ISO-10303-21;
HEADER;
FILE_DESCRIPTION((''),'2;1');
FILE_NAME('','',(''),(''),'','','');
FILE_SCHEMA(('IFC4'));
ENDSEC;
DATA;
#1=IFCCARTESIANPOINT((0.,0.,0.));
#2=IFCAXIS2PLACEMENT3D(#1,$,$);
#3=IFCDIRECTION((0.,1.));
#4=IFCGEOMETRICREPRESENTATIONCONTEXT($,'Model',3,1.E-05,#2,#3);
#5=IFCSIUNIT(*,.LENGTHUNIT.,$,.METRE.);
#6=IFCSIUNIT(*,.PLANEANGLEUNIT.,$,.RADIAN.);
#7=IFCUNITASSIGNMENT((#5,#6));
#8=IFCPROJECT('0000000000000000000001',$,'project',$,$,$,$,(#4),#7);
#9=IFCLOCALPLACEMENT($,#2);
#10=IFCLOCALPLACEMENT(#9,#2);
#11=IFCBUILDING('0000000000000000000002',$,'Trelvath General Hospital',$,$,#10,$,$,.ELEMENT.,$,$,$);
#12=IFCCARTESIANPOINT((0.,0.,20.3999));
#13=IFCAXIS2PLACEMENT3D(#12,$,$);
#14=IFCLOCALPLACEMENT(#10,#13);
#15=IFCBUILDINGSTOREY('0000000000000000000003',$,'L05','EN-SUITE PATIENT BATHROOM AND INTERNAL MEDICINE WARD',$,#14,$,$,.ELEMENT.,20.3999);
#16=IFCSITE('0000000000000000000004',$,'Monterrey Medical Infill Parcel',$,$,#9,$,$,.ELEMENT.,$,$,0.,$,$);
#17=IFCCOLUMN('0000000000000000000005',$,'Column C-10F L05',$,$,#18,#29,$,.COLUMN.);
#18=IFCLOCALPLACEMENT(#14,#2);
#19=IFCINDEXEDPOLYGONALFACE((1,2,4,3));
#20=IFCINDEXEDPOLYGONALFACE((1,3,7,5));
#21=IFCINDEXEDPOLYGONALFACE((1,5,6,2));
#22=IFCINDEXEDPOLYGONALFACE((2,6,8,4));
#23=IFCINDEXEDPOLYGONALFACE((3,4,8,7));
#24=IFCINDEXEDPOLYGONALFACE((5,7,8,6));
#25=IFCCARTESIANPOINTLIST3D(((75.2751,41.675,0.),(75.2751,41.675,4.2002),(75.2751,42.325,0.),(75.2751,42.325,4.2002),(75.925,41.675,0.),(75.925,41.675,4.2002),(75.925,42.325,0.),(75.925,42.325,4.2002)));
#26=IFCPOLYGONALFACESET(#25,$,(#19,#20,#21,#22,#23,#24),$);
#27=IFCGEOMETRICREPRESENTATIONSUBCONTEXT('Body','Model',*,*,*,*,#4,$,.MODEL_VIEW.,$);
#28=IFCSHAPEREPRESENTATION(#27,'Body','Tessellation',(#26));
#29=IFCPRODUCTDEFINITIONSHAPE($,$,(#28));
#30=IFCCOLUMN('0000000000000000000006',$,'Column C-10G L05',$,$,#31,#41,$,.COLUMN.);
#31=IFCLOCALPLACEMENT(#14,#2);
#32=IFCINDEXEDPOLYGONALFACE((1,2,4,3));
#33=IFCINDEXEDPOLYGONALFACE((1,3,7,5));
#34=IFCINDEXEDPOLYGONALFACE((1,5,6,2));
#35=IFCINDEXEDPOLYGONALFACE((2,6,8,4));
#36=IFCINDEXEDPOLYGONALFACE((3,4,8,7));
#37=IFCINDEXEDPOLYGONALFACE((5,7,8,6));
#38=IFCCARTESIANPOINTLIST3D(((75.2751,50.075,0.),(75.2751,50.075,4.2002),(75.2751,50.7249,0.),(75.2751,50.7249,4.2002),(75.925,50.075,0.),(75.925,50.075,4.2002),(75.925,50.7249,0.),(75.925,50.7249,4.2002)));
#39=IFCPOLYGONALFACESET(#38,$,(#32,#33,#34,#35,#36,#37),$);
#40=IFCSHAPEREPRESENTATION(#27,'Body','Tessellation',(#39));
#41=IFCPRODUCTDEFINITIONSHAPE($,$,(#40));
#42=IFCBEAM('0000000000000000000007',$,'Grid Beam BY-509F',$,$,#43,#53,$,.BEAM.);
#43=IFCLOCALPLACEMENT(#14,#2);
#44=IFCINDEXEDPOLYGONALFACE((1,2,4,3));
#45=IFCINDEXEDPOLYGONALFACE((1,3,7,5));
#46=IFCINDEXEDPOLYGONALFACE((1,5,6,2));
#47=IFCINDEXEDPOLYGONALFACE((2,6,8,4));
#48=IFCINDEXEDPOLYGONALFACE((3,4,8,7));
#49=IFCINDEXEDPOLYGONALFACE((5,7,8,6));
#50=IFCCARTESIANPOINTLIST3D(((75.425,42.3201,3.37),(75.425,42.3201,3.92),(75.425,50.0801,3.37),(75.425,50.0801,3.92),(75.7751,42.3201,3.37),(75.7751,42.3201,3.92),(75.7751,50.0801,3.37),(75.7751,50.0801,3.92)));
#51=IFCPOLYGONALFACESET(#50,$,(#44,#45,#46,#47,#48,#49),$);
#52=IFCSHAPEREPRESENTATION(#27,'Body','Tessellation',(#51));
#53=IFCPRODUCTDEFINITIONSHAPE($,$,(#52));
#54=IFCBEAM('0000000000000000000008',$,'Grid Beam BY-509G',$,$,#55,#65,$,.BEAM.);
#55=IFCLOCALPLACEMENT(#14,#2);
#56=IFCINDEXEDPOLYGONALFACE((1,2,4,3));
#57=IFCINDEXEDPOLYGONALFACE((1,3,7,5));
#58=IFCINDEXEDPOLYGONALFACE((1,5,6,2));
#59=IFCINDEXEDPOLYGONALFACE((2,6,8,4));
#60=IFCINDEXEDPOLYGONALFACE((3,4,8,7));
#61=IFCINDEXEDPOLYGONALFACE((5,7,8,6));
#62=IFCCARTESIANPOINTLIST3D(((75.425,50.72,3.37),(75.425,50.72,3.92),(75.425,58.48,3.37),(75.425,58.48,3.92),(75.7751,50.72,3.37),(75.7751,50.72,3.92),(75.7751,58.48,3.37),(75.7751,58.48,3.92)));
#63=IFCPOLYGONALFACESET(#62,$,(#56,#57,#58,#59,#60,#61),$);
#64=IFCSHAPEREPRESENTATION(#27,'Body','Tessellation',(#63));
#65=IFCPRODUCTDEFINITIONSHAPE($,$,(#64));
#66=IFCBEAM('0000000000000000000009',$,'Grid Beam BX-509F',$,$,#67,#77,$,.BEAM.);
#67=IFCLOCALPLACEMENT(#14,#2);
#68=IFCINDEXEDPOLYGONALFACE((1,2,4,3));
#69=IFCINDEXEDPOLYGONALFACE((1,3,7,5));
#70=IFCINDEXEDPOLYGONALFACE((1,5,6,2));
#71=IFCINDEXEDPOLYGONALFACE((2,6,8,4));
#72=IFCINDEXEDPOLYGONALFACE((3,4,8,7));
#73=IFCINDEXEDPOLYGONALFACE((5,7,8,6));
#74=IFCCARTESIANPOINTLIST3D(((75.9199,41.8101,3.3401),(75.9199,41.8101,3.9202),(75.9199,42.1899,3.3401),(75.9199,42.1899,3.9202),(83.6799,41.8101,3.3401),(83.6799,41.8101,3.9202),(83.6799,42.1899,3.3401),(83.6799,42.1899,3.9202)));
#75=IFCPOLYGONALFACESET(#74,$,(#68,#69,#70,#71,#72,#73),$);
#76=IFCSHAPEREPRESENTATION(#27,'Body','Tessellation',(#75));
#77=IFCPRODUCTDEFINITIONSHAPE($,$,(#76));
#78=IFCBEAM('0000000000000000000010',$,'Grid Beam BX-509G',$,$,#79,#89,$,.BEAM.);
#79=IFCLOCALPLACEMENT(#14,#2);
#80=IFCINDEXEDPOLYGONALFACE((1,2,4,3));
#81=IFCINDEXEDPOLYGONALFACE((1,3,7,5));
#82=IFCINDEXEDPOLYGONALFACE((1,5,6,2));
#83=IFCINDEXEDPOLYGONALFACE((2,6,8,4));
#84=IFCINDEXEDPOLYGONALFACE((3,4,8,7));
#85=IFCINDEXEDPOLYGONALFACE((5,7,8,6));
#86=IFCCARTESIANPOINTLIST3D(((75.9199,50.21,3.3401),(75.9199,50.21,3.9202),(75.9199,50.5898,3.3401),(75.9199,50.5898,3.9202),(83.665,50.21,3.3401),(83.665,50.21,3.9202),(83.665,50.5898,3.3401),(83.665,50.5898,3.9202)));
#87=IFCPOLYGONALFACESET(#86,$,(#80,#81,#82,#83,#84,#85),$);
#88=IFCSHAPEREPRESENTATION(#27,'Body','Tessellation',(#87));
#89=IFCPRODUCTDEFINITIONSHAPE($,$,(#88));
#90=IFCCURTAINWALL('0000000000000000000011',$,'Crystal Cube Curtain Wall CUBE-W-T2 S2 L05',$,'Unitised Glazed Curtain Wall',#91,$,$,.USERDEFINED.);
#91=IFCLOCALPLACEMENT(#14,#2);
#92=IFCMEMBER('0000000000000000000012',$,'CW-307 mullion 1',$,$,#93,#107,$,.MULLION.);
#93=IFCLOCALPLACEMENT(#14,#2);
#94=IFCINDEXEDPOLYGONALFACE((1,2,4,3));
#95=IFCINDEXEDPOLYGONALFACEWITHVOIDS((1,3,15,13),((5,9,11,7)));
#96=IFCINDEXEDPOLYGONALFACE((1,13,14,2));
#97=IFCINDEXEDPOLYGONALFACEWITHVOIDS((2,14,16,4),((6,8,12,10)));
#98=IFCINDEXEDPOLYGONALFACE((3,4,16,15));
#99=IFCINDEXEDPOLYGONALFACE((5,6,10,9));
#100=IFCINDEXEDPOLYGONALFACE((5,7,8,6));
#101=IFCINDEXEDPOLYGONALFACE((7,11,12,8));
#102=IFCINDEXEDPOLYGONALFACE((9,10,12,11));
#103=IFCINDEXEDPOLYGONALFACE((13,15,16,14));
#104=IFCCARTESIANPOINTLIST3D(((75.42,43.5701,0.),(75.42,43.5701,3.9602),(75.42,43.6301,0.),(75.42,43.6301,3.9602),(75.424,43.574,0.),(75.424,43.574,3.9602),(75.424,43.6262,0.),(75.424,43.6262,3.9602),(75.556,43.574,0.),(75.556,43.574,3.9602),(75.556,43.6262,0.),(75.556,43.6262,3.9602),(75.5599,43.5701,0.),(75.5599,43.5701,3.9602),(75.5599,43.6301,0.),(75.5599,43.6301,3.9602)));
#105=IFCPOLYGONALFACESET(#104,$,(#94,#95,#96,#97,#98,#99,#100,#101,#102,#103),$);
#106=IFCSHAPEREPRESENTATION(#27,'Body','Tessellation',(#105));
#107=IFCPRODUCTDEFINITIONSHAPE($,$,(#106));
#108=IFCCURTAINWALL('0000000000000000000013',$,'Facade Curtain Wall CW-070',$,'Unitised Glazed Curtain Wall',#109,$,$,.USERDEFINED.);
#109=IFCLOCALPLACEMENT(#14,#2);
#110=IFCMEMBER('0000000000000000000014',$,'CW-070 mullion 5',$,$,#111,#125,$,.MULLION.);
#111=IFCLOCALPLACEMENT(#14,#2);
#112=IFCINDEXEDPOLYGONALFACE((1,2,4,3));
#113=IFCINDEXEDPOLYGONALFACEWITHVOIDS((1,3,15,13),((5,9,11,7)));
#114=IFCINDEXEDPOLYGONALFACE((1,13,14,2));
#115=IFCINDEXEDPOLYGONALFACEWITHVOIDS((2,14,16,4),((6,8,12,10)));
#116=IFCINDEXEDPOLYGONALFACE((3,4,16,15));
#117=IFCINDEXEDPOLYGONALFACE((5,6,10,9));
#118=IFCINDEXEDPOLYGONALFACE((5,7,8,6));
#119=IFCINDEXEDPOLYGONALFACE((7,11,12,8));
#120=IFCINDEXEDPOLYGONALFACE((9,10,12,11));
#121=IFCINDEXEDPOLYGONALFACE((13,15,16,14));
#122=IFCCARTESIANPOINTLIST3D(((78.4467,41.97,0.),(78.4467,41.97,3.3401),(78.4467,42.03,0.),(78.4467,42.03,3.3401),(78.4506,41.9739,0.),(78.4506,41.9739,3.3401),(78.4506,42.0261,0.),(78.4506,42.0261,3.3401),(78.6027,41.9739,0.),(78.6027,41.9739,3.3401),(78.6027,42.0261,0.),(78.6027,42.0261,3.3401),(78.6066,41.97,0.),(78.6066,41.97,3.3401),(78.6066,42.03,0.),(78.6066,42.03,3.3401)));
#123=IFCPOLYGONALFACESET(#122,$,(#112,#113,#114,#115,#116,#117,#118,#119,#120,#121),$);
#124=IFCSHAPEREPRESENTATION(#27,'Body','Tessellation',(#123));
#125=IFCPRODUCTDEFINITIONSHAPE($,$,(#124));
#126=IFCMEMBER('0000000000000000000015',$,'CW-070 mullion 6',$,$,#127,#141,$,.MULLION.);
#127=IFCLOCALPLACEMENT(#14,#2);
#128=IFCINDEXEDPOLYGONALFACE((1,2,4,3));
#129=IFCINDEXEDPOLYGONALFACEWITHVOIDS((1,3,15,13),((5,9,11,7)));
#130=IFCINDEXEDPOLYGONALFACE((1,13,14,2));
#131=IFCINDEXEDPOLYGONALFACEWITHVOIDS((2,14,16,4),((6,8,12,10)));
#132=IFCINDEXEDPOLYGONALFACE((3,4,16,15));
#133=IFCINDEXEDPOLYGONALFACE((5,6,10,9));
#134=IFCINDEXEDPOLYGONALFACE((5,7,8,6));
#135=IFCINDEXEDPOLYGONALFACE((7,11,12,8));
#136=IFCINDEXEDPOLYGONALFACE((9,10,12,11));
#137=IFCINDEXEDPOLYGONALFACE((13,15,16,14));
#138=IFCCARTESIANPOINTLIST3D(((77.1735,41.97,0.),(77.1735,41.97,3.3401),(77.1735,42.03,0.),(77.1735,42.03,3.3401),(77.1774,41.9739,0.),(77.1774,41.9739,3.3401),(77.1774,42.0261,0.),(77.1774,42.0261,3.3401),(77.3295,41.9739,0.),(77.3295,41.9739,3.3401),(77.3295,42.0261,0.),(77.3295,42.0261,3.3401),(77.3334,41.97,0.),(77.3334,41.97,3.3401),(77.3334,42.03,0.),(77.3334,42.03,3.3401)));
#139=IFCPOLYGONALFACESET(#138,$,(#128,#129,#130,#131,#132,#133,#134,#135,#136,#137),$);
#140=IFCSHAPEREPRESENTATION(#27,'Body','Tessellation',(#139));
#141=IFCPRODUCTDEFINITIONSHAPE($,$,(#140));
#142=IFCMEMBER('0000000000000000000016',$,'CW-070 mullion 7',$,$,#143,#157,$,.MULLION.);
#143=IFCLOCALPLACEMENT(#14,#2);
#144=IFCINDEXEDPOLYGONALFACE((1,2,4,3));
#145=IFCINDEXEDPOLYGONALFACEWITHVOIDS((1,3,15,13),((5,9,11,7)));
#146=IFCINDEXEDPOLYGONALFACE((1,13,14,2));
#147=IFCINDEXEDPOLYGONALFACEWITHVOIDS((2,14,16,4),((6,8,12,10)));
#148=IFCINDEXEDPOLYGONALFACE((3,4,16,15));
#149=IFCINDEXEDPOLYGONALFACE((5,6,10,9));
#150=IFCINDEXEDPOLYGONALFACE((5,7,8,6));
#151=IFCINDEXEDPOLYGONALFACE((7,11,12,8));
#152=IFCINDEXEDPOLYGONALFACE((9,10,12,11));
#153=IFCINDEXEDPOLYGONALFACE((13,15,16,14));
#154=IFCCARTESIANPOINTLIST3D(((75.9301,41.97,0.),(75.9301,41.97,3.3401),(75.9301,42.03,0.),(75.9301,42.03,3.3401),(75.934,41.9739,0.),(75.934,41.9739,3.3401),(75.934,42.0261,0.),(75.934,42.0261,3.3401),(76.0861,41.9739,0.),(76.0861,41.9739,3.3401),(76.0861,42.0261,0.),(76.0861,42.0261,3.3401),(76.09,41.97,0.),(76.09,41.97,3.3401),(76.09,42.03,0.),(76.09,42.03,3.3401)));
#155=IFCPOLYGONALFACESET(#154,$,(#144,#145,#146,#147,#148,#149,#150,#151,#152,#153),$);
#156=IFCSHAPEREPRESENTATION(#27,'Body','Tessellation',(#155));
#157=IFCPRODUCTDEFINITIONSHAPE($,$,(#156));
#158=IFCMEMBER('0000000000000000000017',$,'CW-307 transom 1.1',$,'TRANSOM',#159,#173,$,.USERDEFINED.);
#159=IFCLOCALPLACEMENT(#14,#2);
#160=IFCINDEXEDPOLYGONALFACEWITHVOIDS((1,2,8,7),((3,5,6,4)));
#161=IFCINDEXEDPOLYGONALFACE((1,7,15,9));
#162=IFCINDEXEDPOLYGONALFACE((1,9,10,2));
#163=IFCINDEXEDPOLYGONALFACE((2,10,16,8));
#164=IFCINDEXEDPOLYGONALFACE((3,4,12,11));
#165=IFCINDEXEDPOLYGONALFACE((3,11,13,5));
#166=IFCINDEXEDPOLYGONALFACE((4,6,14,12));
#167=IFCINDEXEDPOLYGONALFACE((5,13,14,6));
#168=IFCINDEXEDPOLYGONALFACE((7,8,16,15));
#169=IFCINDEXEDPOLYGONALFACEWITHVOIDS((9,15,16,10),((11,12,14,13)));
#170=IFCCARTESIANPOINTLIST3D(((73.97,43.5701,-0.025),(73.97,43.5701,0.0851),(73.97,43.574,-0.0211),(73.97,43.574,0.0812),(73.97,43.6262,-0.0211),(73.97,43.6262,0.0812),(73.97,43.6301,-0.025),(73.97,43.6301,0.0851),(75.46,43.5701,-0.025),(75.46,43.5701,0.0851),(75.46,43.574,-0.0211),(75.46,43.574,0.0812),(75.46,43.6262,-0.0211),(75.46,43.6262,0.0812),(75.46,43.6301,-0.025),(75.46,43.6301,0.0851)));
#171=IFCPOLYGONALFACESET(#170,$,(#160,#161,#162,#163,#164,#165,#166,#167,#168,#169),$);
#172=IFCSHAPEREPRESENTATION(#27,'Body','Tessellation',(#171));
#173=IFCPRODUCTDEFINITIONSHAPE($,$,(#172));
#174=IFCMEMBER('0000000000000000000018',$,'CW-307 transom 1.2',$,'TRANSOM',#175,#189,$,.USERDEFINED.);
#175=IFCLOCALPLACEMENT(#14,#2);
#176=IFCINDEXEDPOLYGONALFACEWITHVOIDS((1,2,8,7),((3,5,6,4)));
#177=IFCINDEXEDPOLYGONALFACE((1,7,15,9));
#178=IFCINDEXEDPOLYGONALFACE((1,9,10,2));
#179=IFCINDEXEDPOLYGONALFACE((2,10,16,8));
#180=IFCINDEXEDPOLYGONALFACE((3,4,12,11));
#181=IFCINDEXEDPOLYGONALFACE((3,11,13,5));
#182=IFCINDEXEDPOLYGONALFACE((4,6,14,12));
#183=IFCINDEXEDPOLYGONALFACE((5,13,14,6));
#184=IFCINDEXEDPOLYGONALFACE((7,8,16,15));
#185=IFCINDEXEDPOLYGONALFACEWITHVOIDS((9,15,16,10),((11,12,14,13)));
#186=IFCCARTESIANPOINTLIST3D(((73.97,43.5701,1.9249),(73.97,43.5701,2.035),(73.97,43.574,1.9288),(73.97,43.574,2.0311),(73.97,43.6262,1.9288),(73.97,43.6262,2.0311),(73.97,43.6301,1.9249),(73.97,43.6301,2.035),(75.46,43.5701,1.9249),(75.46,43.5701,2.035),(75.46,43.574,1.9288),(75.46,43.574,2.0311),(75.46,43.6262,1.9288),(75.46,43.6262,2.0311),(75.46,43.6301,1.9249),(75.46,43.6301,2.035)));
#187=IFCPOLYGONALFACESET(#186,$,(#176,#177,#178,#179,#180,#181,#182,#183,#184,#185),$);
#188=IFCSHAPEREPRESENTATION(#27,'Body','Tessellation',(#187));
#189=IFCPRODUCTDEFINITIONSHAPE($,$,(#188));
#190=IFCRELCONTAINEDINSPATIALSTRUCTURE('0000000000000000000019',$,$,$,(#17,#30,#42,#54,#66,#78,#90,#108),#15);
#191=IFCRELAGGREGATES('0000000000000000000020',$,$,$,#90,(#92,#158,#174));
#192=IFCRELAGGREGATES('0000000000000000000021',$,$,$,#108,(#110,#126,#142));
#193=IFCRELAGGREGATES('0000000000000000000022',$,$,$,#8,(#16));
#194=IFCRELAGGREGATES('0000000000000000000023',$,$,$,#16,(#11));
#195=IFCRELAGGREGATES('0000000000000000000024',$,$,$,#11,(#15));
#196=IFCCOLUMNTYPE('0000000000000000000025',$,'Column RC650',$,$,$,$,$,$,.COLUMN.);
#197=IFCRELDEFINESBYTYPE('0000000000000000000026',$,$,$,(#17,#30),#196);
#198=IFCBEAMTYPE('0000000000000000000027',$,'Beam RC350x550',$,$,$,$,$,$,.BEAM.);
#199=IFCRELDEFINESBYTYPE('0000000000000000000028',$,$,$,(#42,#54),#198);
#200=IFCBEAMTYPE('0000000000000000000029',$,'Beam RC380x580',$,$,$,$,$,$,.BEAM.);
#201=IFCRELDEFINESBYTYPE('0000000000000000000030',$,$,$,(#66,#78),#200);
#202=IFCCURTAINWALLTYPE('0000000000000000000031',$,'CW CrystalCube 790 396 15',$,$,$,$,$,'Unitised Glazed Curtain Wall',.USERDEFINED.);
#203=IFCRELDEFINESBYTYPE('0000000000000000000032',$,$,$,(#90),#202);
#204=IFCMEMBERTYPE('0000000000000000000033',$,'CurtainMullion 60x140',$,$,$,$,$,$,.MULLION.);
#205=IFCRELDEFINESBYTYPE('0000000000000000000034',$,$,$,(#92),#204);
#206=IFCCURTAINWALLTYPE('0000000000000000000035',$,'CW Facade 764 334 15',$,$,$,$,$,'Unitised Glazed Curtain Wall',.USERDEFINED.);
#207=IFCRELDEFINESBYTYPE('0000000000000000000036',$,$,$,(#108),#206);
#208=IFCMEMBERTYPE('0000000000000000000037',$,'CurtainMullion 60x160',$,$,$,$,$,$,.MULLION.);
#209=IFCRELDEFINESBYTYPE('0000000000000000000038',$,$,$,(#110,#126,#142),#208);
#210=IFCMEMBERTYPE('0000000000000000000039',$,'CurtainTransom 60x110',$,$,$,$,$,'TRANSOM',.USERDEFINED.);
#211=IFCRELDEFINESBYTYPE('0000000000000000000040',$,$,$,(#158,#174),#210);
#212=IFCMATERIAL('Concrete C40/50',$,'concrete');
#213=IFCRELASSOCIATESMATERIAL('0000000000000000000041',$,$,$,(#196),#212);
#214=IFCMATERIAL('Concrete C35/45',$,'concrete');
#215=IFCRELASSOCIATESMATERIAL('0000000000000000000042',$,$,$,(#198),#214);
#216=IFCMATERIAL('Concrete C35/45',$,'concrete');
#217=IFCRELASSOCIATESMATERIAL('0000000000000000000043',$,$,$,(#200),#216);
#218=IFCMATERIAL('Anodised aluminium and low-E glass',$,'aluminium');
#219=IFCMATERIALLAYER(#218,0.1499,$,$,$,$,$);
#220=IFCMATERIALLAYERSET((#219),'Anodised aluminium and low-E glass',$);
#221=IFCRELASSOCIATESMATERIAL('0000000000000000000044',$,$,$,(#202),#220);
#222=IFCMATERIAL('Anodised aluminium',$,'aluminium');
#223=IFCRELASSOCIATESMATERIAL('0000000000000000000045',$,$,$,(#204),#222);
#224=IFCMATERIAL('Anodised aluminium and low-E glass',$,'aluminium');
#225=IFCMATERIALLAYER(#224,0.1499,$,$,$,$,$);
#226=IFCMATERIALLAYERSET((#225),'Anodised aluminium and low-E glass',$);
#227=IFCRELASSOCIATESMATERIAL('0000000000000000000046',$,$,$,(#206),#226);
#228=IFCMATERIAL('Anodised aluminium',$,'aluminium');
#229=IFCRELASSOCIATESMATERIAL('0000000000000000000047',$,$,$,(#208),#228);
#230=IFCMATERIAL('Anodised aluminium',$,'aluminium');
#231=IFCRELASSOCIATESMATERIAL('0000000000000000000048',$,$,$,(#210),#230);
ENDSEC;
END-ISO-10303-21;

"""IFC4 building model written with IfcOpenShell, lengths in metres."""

from ifc_helpers import new_model, si_unit, direction, frame, origin, origin_2d, place, context, subcontext, project, spatial, rectangle, hollow_rectangle, extrude, material, layer, layer_set, material_profile, profile_set, type_object, element, aggregate, save


model = new_model("IFC4")

# Units and contexts
model_context = context("Model", 3, precision=1e-05, world=origin(), true_north=direction((0.0, 1.0)))
body_context = subcontext(model_context, "Body", "Model", "MODEL_VIEW")
ifc_project = project(units=[si_unit("LENGTHUNIT", "METRE"), si_unit("PLANEANGLEUNIT", "RADIAN")], contexts=[model_context])

# Site, building, storey
site_placement = place(None, origin())
site = spatial("IfcSite", under=ifc_project, at=site_placement, Name="Monterrey Medical Infill Parcel", CompositionType="ELEMENT", RefElevation=0.0)
building_placement = place(site_placement, origin())
building = spatial("IfcBuilding", under=site, at=building_placement, Name="Trelvath General Hospital", CompositionType="ELEMENT")
storey_placement = place(building_placement, frame((0.0, 0.0, 20.3999)))
storey = spatial("IfcBuildingStorey", under=building, at=storey_placement, Name="L05", Description="EN-SUITE PATIENT BATHROOM AND INTERNAL MEDICINE WARD", CompositionType="ELEMENT", Elevation=20.3999)

# Columns
ifc_material_1 = material(Name="Concrete C40/50", Category="concrete")
ifc_material_profile_1 = material_profile(ifc_material_1, rectangle(XDim=0.6499, YDim=0.6499, at=origin_2d()), Name="RC650x650")
ifc_profile_set_1 = profile_set([ifc_material_profile_1], Name="Concrete C40/50")
column_type = type_object("IfcColumnType", Name="Column RC650", PredefinedType="COLUMN", material=ifc_profile_set_1)
for number, where, z_axis, x_axis, name in (
    (1, (75.6001, 42.0, 0.0), (0.0, 0.0, 1.0), (1.0, 0.0, 0.0), "Column C-10F L05"),
    (2, (75.6001, 50.3999, 0.0), (0.0, 0.0, 1.0), (1.0, 0.0, 0.0), "Column C-10G L05"),
):
    element("IfcColumn", number, at=place(storey_placement, frame(where, z_axis=z_axis, x_axis=x_axis)), inside=storey, type_object=column_type, Name=name, PredefinedType="COLUMN", context=body_context, shape_type="SweptSolid", body=[
        extrude(rectangle(XDim=0.6499, YDim=0.6499, at=origin_2d()), origin(), (0.0, 0.0, 1.0), 4.2002),
    ])

# Beams
ifc_material_2 = material(Name="Concrete C35/45", Category="concrete")
ifc_material_profile_2 = material_profile(ifc_material_2, rectangle(XDim=0.3501, YDim=0.55, at=origin_2d()), Name="RCB350x550")
ifc_profile_set_2 = profile_set([ifc_material_profile_2], Name="Concrete C35/45")
beam_type_1 = type_object("IfcBeamType", Name="Beam RC350x550", PredefinedType="BEAM", material=ifc_profile_set_2)
for number, where, z_axis, x_axis, name in (
    (3, (75.6001, 42.3201, 3.645), (0.0, 1.0, 0.0), (-1.0, 0.0, 0.0), "Grid Beam BY-509F"),
    (4, (75.6001, 50.72, 3.645), (0.0, 1.0, 0.0), (-1.0, 0.0, 0.0), "Grid Beam BY-509G"),
):
    element("IfcBeam", number, at=place(storey_placement, frame(where, z_axis=z_axis, x_axis=x_axis)), inside=storey, type_object=beam_type_1, Name=name, PredefinedType="BEAM", context=body_context, shape_type="SweptSolid", body=[
        extrude(rectangle(XDim=0.3501, YDim=0.55, at=origin_2d()), origin(), (0.0, 0.0, 1.0), 7.76),
    ])
ifc_material_3 = material(Name="Concrete C35/45", Category="concrete")
ifc_material_profile_3 = material_profile(ifc_material_3, rectangle(XDim=0.3799, YDim=0.5801, at=origin_2d()), Name="RCB380x580")
ifc_profile_set_3 = profile_set([ifc_material_profile_3], Name="Concrete C35/45")
beam_type_2 = type_object("IfcBeamType", Name="Beam RC380x580", PredefinedType="BEAM", material=ifc_profile_set_3)
beam_1_placement = place(storey_placement, frame((75.9199, 42.0, 3.6301), z_axis=(1.0, 0.0, 0.0), x_axis=(0.0, 1.0, 0.0)))
element("IfcBeam", 5, at=beam_1_placement, inside=storey, type_object=beam_type_2, Name="Grid Beam BX-509F", PredefinedType="BEAM", context=body_context, shape_type="SweptSolid", body=[
    extrude(rectangle(XDim=0.3799, YDim=0.5801, at=origin_2d()), origin(), (0.0, 0.0, 1.0), 7.76),
])
beam_2_placement = place(storey_placement, frame((75.9199, 50.3999, 3.6301), z_axis=(1.0, 0.0, 0.0), x_axis=(0.0, 1.0, 0.0)))
element("IfcBeam", 6, at=beam_2_placement, inside=storey, type_object=beam_type_2, Name="Grid Beam BX-509G", PredefinedType="BEAM", context=body_context, shape_type="SweptSolid", body=[
    extrude(rectangle(XDim=0.3799, YDim=0.5801, at=origin_2d()), origin(), (0.0, 0.0, 1.0), 7.7451),
])

# Curtain wall, member
ifc_material_4 = material(Name="Anodised aluminium and low-E glass", Category="aluminium")
ifc_layer_1 = layer(ifc_material_4, 0.1499)
ifc_layer_set_1 = layer_set([ifc_layer_1], Name="Anodised aluminium and low-E glass")
curtain_wall_type_1 = type_object("IfcCurtainWallType", Name="CW CrystalCube 790 396 15", ElementType="Unitised Glazed Curtain Wall", PredefinedType="USERDEFINED", material=ifc_layer_set_1)
curtain_wall_1_placement = place(storey_placement, origin())
curtain_wall_1 = element("IfcCurtainWall", 7, at=curtain_wall_1_placement, inside=storey, type_object=curtain_wall_type_1, Name="Crystal Cube Curtain Wall CUBE-W-T2 S2 L05", ObjectType="Unitised Glazed Curtain Wall", PredefinedType="USERDEFINED")
ifc_material_5 = material(Name="Anodised aluminium", Category="aluminium")
ifc_material_profile_4 = material_profile(ifc_material_5, hollow_rectangle(XDim=0.0601, YDim=0.1399, WallThickness=0.0039, at=origin_2d()), Name="RHS60x140x4")
ifc_profile_set_4 = profile_set([ifc_material_profile_4], Name="Anodised aluminium")
member_type_1 = type_object("IfcMemberType", Name="CurtainMullion 60x140", PredefinedType="MULLION", material=ifc_profile_set_4)
member_1_placement = place(storey_placement, frame((75.49, 43.6001, 0.0), z_axis=(0.0, 0.0, 1.0), x_axis=(0.0, -1.0, 0.0)))
member_1 = element("IfcMember", 8, at=member_1_placement, type_object=member_type_1, Name="CW-307 mullion 1", PredefinedType="MULLION", context=body_context, shape_type="SweptSolid", body=[
    extrude(hollow_rectangle(XDim=0.0601, YDim=0.1399, WallThickness=0.0039, at=origin_2d()), origin(), (0.0, 0.0, 1.0), 3.9602),
])

# Curtain wall, members
ifc_material_6 = material(Name="Anodised aluminium and low-E glass", Category="aluminium")
ifc_layer_2 = layer(ifc_material_6, 0.1499)
ifc_layer_set_2 = layer_set([ifc_layer_2], Name="Anodised aluminium and low-E glass")
curtain_wall_type_2 = type_object("IfcCurtainWallType", Name="CW Facade 764 334 15", ElementType="Unitised Glazed Curtain Wall", PredefinedType="USERDEFINED", material=ifc_layer_set_2)
curtain_wall_2_placement = place(storey_placement, origin())
curtain_wall_2 = element("IfcCurtainWall", 9, at=curtain_wall_2_placement, inside=storey, type_object=curtain_wall_type_2, Name="Facade Curtain Wall CW-070", ObjectType="Unitised Glazed Curtain Wall", PredefinedType="USERDEFINED")
ifc_material_7 = material(Name="Anodised aluminium", Category="aluminium")
ifc_material_profile_5 = material_profile(ifc_material_7, hollow_rectangle(XDim=0.0601, YDim=0.1599, WallThickness=0.0039, at=origin_2d()), Name="RHS60x160x4")
ifc_profile_set_5 = profile_set([ifc_material_profile_5], Name="Anodised aluminium")
member_type_2 = type_object("IfcMemberType", Name="CurtainMullion 60x160", PredefinedType="MULLION", material=ifc_profile_set_5)
member_2_placement = place(storey_placement, frame((78.5266, 42.0, 0.0), z_axis=(0.0, 0.0, 1.0), x_axis=(0.0, -1.0, 0.0)))
member_2 = element("IfcMember", 10, at=member_2_placement, type_object=member_type_2, Name="CW-070 mullion 5", PredefinedType="MULLION", context=body_context, shape_type="SweptSolid", body=[
    extrude(hollow_rectangle(XDim=0.0601, YDim=0.1599, WallThickness=0.0039, at=origin_2d()), origin(), (0.0, 0.0, 1.0), 3.3401),
])
member_3_placement = place(storey_placement, frame((77.2534, 42.0, 0.0), z_axis=(0.0, 0.0, 1.0), x_axis=(0.0, -1.0, 0.0)))
member_3 = element("IfcMember", 11, at=member_3_placement, type_object=member_type_2, Name="CW-070 mullion 6", PredefinedType="MULLION", context=body_context, shape_type="SweptSolid", body=[
    extrude(hollow_rectangle(XDim=0.0601, YDim=0.1599, WallThickness=0.0039, at=origin_2d()), origin(), (0.0, 0.0, 1.0), 3.3401),
])
member_4_placement = place(storey_placement, frame((76.01, 42.0, 0.0), z_axis=(0.0, 0.0, 1.0), x_axis=(0.0, -1.0, 0.0)))
member_4 = element("IfcMember", 12, at=member_4_placement, type_object=member_type_2, Name="CW-070 mullion 7", PredefinedType="MULLION", context=body_context, shape_type="SweptSolid", body=[
    extrude(hollow_rectangle(XDim=0.0601, YDim=0.1599, WallThickness=0.0039, at=origin_2d()), origin(), (0.0, 0.0, 1.0), 3.3401),
])

# Members
ifc_material_8 = material(Name="Anodised aluminium", Category="aluminium")
ifc_material_profile_6 = material_profile(ifc_material_8, hollow_rectangle(XDim=0.0601, YDim=0.1101, WallThickness=0.0039, at=origin_2d()), Name="RHS60x110x4")
ifc_profile_set_6 = profile_set([ifc_material_profile_6], Name="Anodised aluminium")
member_type_3 = type_object("IfcMemberType", Name="CurtainTransom 60x110", ElementType="TRANSOM", PredefinedType="USERDEFINED", material=ifc_profile_set_6)
member_5_placement = place(storey_placement, frame((75.46, 43.6001, 0.03), z_axis=(-1.0, 0.0, 0.0), x_axis=(0.0, -1.0, 0.0)))
member_5 = element("IfcMember", 13, at=member_5_placement, type_object=member_type_3, Name="CW-307 transom 1.1", ObjectType="TRANSOM", PredefinedType="USERDEFINED", context=body_context, shape_type="SweptSolid", body=[
    extrude(hollow_rectangle(XDim=0.0601, YDim=0.1101, WallThickness=0.0039, at=origin_2d()), origin(), (0.0, 0.0, 1.0), 1.49),
])
member_6_placement = place(storey_placement, frame((75.46, 43.6001, 1.98), z_axis=(-1.0, 0.0, 0.0), x_axis=(0.0, -1.0, 0.0)))
member_6 = element("IfcMember", 14, at=member_6_placement, type_object=member_type_3, Name="CW-307 transom 1.2", ObjectType="TRANSOM", PredefinedType="USERDEFINED", context=body_context, shape_type="SweptSolid", body=[
    extrude(hollow_rectangle(XDim=0.0601, YDim=0.1101, WallThickness=0.0039, at=origin_2d()), origin(), (0.0, 0.0, 1.0), 1.49),
])

aggregate(curtain_wall_1, [member_1, member_5, member_6])
aggregate(curtain_wall_2, [member_2, member_3, member_4])

save(model, "model.ifc")
